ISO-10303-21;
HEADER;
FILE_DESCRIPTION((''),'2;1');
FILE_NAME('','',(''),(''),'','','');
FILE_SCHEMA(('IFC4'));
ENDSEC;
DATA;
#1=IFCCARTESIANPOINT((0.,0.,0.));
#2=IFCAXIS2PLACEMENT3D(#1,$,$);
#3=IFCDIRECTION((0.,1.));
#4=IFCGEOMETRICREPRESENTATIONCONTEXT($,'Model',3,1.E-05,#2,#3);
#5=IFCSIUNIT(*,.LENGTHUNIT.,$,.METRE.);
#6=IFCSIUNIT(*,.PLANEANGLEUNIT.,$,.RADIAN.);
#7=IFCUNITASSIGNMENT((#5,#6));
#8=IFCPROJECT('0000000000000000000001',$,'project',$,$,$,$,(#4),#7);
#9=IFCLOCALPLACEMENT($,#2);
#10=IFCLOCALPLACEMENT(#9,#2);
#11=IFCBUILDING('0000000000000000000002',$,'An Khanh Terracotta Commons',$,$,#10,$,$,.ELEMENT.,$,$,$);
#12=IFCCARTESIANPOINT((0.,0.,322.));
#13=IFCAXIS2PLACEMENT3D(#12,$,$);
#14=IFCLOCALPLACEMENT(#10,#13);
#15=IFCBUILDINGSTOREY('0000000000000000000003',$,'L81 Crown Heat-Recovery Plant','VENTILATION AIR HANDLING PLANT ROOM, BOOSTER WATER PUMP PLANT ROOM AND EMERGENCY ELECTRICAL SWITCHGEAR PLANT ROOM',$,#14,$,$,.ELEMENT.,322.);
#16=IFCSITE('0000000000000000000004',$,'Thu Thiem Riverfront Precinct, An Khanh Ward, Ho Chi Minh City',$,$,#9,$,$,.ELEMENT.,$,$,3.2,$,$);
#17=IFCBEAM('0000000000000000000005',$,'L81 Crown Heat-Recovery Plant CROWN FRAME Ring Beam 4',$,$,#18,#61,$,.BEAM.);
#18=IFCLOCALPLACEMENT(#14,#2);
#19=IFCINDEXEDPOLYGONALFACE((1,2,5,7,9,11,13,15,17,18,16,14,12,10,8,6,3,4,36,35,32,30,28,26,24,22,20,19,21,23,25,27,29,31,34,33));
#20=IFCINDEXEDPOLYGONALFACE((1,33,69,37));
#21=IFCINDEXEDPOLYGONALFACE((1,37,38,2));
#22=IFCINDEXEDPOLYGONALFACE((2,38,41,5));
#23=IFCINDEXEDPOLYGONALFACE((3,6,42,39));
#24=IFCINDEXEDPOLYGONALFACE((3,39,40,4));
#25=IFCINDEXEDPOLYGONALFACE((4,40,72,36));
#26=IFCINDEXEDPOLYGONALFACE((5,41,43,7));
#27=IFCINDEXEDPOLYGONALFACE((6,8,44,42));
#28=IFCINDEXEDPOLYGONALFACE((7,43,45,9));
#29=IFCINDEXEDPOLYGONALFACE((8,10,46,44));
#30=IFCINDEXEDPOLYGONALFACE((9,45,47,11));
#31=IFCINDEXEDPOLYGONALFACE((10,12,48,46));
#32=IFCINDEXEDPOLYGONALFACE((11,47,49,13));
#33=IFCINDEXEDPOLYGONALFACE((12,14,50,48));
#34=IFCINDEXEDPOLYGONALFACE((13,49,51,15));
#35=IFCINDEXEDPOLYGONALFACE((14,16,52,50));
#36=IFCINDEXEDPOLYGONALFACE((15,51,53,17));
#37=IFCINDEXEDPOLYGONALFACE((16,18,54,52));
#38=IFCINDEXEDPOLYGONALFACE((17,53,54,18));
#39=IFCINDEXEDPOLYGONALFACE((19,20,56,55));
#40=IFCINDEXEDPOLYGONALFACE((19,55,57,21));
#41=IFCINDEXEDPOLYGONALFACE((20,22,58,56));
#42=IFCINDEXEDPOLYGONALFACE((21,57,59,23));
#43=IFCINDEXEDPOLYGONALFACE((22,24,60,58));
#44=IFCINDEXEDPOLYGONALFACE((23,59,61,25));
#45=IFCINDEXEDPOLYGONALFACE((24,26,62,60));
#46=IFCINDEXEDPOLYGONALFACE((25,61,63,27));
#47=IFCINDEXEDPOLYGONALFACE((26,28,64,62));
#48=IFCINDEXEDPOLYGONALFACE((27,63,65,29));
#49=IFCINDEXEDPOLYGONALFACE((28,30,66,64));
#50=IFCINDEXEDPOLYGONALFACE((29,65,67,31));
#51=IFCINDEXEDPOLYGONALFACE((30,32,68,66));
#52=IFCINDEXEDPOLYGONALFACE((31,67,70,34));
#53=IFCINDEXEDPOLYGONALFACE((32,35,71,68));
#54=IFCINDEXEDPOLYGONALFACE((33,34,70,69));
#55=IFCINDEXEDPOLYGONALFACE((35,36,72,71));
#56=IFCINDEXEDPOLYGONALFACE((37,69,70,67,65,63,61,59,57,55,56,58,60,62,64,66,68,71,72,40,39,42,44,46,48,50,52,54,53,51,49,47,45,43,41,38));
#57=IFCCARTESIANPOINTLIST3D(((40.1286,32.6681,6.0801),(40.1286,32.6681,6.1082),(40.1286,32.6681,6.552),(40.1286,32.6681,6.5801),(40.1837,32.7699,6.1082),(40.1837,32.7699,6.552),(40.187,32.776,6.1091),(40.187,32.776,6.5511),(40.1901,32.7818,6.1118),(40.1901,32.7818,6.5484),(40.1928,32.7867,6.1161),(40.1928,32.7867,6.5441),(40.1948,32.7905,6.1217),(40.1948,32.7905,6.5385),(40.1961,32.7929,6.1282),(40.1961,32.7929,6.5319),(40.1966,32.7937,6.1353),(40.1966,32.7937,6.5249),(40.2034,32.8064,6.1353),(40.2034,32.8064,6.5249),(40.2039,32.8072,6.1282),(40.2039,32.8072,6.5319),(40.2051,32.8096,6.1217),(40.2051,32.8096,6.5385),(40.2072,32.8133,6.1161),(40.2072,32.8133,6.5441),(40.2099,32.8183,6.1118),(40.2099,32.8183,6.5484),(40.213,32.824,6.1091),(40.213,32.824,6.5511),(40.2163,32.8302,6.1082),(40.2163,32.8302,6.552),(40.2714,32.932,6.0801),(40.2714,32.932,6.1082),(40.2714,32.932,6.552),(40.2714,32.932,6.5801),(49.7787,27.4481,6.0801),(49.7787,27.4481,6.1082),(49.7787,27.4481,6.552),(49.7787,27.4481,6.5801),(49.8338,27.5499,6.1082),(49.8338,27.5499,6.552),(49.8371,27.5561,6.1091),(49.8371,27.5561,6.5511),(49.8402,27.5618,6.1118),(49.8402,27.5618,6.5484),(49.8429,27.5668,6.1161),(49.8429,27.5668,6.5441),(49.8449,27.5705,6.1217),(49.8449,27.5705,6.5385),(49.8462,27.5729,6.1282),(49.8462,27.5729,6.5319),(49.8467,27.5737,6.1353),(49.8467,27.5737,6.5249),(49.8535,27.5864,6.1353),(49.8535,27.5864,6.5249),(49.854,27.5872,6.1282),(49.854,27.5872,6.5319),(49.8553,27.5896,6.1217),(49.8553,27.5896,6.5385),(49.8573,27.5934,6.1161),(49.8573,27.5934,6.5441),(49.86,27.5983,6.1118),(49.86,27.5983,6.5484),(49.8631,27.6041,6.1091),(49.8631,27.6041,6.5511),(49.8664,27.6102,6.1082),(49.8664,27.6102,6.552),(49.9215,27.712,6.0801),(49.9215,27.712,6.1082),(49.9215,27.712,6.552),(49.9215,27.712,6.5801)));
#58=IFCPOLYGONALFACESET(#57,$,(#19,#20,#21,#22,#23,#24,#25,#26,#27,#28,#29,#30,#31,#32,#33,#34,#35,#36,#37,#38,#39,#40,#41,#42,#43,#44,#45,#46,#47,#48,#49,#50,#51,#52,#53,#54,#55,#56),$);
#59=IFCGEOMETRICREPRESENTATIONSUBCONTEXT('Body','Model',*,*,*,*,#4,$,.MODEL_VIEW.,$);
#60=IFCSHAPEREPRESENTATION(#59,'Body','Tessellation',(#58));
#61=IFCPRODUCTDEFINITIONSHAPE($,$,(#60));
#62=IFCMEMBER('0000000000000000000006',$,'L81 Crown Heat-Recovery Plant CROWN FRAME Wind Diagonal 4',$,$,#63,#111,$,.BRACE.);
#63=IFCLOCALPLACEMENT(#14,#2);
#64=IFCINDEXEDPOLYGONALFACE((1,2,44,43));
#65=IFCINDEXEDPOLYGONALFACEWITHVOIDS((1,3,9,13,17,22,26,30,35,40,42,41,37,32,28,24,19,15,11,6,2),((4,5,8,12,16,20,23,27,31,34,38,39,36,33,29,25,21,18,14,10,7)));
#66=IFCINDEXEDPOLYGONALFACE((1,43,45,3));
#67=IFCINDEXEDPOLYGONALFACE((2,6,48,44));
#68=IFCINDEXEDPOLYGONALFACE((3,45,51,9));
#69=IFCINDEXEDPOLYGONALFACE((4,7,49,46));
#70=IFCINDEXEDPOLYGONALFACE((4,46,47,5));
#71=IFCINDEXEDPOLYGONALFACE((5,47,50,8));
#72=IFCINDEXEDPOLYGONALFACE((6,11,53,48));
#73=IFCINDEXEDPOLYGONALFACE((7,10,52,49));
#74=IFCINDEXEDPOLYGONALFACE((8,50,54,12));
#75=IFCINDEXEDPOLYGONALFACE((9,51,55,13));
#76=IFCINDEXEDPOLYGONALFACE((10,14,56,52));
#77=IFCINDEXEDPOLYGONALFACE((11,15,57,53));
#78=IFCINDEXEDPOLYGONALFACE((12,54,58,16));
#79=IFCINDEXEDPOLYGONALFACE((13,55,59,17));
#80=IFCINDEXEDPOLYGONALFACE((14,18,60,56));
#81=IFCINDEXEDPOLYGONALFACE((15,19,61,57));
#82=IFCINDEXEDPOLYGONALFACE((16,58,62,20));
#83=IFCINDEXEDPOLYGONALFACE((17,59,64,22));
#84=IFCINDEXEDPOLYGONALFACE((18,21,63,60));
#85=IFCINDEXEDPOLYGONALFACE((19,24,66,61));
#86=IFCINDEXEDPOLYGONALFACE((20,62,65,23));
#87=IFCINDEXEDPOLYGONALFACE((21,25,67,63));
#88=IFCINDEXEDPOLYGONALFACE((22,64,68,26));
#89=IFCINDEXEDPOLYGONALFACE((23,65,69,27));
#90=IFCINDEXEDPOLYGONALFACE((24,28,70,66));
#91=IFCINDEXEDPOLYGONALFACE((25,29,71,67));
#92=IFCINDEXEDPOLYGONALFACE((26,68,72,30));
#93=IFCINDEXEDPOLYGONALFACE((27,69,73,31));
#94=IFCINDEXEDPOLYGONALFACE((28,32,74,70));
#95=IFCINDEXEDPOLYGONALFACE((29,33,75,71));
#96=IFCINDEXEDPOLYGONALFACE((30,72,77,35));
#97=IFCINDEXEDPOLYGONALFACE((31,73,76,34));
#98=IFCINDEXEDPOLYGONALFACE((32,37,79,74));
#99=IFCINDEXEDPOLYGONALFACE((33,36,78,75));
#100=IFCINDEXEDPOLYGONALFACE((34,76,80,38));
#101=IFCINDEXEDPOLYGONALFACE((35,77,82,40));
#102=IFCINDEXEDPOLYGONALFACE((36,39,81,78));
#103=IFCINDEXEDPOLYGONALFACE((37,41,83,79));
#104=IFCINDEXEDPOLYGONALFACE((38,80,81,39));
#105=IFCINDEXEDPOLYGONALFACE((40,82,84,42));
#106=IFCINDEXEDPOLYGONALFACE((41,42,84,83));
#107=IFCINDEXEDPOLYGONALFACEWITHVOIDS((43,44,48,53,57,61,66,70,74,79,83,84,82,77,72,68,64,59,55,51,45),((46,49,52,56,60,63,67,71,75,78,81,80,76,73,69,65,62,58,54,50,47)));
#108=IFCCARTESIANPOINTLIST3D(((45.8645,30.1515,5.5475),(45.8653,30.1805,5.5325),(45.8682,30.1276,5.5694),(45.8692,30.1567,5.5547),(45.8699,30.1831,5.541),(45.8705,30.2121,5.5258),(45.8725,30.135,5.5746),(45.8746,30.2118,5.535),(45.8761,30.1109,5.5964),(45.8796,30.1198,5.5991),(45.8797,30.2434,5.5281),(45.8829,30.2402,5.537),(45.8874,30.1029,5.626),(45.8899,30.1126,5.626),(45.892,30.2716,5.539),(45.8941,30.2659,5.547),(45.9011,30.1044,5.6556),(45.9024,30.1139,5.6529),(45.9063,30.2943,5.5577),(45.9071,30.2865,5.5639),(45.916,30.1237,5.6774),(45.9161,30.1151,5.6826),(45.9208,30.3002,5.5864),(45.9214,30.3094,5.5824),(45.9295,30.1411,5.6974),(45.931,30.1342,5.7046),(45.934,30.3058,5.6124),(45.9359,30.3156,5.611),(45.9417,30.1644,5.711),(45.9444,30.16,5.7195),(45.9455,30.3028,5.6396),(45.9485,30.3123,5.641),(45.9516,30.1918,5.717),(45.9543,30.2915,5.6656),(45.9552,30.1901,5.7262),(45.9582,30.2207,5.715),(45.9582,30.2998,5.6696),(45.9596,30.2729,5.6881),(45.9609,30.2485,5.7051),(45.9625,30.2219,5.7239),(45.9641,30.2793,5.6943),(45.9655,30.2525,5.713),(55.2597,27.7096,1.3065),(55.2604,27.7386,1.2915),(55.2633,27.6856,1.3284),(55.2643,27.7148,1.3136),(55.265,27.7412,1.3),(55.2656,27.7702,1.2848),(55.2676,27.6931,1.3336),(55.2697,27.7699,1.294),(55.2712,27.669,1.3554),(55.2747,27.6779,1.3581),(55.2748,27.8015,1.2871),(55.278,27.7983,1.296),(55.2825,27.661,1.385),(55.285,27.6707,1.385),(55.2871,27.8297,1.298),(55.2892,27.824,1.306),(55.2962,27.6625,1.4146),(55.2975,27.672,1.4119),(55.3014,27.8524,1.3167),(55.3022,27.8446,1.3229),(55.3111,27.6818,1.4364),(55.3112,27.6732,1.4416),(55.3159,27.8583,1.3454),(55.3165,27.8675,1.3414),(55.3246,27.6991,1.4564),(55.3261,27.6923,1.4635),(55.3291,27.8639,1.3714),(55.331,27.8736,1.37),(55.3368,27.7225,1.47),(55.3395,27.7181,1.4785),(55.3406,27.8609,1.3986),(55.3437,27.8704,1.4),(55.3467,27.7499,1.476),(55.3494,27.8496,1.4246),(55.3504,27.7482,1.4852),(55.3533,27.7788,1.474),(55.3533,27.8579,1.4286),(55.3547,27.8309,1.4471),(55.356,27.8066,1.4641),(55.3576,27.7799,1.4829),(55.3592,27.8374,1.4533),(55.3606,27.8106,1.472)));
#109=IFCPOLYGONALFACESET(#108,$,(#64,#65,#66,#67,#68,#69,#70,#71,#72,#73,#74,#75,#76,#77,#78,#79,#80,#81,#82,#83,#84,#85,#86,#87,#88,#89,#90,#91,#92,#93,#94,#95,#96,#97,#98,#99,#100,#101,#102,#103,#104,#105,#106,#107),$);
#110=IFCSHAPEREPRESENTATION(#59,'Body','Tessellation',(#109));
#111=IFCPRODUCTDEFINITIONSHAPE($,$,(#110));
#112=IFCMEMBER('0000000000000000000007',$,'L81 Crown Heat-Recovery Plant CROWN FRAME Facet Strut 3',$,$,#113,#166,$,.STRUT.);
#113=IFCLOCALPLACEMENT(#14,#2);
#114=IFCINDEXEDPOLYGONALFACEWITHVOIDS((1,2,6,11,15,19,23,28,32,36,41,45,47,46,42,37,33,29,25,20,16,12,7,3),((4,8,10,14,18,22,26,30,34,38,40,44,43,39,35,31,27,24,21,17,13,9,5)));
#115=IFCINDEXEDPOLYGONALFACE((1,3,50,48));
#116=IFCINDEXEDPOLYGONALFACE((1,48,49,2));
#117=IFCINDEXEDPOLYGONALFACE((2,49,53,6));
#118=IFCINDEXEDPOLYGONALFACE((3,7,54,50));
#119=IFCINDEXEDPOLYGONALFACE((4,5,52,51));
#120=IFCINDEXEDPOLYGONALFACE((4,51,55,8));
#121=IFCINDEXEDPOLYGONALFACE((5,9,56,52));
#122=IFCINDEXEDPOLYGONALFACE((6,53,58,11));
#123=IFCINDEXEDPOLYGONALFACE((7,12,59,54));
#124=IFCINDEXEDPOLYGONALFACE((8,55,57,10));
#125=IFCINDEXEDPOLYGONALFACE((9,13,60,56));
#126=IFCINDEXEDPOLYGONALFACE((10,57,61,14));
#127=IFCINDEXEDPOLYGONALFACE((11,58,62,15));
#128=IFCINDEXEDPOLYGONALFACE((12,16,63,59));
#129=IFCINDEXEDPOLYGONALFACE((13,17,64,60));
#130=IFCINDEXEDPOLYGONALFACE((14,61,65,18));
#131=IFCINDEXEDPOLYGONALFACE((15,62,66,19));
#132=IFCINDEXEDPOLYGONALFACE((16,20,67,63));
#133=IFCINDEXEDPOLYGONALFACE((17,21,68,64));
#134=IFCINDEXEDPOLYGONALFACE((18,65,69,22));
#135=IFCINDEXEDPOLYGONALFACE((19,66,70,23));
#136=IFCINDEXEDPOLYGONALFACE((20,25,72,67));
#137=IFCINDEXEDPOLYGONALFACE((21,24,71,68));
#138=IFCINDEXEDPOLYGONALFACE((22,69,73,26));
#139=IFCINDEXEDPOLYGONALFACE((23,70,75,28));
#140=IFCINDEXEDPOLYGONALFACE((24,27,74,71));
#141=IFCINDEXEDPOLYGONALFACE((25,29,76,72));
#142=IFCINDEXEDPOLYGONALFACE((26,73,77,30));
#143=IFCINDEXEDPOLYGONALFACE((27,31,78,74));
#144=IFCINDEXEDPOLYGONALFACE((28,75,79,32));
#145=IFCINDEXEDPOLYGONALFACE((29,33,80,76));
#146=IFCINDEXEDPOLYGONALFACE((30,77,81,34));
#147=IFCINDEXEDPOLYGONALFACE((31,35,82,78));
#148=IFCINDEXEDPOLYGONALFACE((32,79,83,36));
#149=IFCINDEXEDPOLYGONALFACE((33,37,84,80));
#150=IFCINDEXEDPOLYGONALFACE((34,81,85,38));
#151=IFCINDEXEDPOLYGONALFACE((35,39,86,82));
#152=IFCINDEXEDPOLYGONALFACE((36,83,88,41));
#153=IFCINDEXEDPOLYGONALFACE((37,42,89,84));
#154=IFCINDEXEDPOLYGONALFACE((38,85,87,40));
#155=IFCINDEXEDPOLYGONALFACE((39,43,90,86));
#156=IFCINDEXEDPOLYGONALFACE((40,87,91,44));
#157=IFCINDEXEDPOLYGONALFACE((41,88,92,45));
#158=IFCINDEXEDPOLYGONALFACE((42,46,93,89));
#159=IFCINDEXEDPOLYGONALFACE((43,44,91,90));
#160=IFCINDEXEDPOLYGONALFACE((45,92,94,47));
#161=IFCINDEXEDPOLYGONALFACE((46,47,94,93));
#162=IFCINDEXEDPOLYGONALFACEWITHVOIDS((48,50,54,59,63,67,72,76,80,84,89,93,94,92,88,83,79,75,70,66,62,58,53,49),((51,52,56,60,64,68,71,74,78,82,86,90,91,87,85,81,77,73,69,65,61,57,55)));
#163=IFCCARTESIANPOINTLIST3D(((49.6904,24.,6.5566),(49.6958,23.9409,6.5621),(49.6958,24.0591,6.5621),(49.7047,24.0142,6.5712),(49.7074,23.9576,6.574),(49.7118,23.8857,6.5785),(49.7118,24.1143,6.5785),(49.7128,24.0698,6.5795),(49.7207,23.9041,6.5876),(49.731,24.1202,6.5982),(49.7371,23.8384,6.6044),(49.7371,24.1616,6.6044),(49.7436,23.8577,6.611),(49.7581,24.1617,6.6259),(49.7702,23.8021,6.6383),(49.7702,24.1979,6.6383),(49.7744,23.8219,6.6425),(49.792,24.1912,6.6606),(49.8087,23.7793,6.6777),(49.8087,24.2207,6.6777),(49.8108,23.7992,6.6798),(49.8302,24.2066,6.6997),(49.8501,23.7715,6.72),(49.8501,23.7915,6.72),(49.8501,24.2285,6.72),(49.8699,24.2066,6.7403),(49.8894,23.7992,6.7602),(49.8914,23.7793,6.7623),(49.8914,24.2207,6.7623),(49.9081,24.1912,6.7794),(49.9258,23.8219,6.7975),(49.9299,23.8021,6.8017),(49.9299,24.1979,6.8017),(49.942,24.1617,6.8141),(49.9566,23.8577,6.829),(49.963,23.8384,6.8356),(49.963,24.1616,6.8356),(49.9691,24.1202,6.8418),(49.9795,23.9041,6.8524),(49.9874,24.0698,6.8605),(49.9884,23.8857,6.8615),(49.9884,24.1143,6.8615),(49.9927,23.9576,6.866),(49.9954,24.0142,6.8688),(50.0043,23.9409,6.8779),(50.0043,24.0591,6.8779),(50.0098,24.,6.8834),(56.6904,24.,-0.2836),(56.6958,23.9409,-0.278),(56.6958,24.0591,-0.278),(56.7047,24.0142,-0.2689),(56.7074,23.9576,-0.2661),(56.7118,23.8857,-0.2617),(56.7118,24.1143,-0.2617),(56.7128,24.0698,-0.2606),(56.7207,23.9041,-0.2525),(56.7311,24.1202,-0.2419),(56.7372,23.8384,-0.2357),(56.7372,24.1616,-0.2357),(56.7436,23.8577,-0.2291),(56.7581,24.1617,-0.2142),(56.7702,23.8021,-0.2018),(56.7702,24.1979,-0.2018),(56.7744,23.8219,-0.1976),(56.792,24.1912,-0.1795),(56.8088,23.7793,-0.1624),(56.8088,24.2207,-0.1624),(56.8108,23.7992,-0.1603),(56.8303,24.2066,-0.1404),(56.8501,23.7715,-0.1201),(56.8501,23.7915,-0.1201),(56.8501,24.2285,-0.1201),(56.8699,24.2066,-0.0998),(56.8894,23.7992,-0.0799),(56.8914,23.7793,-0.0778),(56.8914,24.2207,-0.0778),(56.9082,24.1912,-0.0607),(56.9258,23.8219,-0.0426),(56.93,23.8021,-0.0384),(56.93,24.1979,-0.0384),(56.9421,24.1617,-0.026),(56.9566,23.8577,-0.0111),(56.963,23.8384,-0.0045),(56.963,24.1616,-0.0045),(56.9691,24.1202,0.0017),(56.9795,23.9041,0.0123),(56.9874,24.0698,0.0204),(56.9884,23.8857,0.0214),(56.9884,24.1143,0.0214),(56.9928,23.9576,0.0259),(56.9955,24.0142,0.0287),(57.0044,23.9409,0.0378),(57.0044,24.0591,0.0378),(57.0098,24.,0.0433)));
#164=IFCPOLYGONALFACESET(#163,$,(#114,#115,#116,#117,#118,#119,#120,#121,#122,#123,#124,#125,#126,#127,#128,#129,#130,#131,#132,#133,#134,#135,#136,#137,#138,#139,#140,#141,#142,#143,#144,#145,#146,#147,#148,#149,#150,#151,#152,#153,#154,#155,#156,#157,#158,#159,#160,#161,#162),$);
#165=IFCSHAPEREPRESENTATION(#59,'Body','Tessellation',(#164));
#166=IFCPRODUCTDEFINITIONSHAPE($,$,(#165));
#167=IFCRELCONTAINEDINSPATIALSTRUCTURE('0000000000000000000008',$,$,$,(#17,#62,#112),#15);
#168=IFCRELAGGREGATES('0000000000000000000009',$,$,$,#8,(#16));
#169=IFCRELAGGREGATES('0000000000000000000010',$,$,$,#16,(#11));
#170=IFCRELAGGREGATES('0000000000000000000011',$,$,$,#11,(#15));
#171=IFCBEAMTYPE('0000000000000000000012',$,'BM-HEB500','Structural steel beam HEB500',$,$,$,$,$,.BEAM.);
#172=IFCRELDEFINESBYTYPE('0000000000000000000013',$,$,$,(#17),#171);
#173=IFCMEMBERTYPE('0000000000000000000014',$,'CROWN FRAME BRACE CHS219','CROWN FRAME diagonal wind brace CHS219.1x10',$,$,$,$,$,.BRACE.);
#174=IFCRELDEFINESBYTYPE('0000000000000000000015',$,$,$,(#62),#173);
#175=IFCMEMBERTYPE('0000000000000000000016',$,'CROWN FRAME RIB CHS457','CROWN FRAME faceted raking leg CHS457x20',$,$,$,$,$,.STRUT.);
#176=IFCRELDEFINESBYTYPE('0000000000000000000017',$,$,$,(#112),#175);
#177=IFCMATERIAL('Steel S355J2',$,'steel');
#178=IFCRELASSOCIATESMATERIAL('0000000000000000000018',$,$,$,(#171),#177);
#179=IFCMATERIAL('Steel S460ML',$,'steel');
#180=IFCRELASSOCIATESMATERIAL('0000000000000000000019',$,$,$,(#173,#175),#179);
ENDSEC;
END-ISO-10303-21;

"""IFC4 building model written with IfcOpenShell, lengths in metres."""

from ifc_helpers import new_model, si_unit, direction, frame, origin, origin_2d, place, context, subcontext, project, spatial, hollow_circle, i_section, extrude, material, material_profile, profile_set, type_object, element, save


model = new_model("IFC4")

# Units and contexts
model_context = context("Model", 3, precision=1e-05, world=origin(), true_north=direction((0.0, 1.0)))
body_context = subcontext(model_context, "Body", "Model", "MODEL_VIEW")
ifc_project = project(units=[si_unit("LENGTHUNIT", "METRE"), si_unit("PLANEANGLEUNIT", "RADIAN")], contexts=[model_context])

# Site, building, storey
site_placement = place(None, origin())
site = spatial("IfcSite", under=ifc_project, at=site_placement, Name="Thu Thiem Riverfront Precinct, An Khanh Ward, Ho Chi Minh City", CompositionType="ELEMENT", RefElevation=3.2)
building_placement = place(site_placement, origin())
building = spatial("IfcBuilding", under=site, at=building_placement, Name="An Khanh Terracotta Commons", CompositionType="ELEMENT")
storey_placement = place(building_placement, frame((0.0, 0.0, 322.0)))
storey = spatial("IfcBuildingStorey", under=building, at=storey_placement, Name="L81 Crown Heat-Recovery Plant", Description="VENTILATION AIR HANDLING PLANT ROOM, BOOSTER WATER PUMP PLANT ROOM AND EMERGENCY ELECTRICAL SWITCHGEAR PLANT ROOM", CompositionType="ELEMENT", Elevation=322.0)

# Beam
ifc_material_1 = material(Name="Steel S355J2", Category="steel")
ifc_material_profile_1 = material_profile(ifc_material_1, i_section(OverallWidth=0.3, OverallDepth=0.5, WebThickness=0.0144, FlangeThickness=0.0281, FilletRadius=0.0271, at=origin_2d()), Name="HEB500")
ifc_profile_set_1 = profile_set([ifc_material_profile_1], Name="Steel S355J2")
beam_type = type_object("IfcBeamType", Name="BM-HEB500", Description="Structural steel beam HEB500", PredefinedType="BEAM", material=ifc_profile_set_1)
beam_placement = place(storey_placement, frame((49.8501, 27.5801, 6.3301), z_axis=(-0.879566, 0.475776, 0.0), x_axis=(-0.475776, -0.879566, 0.0)))
element("IfcBeam", 1, at=beam_placement, inside=storey, type_object=beam_type, Name="L81 Crown Heat-Recovery Plant CROWN FRAME Ring Beam 4", PredefinedType="BEAM", context=body_context, shape_type="SweptSolid", body=[
    extrude(i_section(OverallWidth=0.3, OverallDepth=0.5, WebThickness=0.0144, FlangeThickness=0.0281, FilletRadius=0.0271, at=origin_2d()), origin(), (0.0, 0.0, 1.0), 10.9714),
])

# Members
ifc_material_2 = material(Name="Steel S460ML", Category="steel")
ifc_material_profile_2 = material_profile(ifc_material_2, hollow_circle(Radius=0.1096, WallThickness=0.01, at=origin_2d()), Name="CHS219.1x10")
ifc_profile_set_2 = profile_set([ifc_material_profile_2], Name="Steel S460ML")
member_type_1 = type_object("IfcMemberType", Name="CROWN FRAME BRACE CHS219", Description="CROWN FRAME diagonal wind brace CHS219.1x10", PredefinedType="BRACE", material=ifc_profile_set_2)
member_1_placement = place(storey_placement, frame((55.3101, 27.7671, 1.385), z_axis=(-0.886895, 0.230516, 0.40035), x_axis=(-0.251556, -0.967843, 0.0)))
element("IfcMember", 2, at=member_1_placement, inside=storey, type_object=member_type_1, Name="L81 Crown Heat-Recovery Plant CROWN FRAME Wind Diagonal 4", PredefinedType="BRACE", context=body_context, shape_type="SweptSolid", body=[
    extrude(hollow_circle(Radius=0.1096, WallThickness=0.01, at=origin_2d()), origin(), (0.0, 0.0, 1.0), 10.5933),
])
ifc_material_profile_3 = material_profile(ifc_material_2, hollow_circle(Radius=0.2285, WallThickness=0.02, at=origin_2d()), Name="CHS457x20")
ifc_profile_set_3 = profile_set([ifc_material_profile_3], Name="Steel S460ML")
member_type_2 = type_object("IfcMemberType", Name="CROWN FRAME RIB CHS457", Description="CROWN FRAME faceted raking leg CHS457x20", PredefinedType="STRUT", material=ifc_profile_set_3)
member_2_placement = place(storey_placement, frame((56.8501, 24.0, -0.1201), z_axis=(-0.715229, 0.0, 0.69889), x_axis=(0.0, -1.0, 0.0)))
element("IfcMember", 3, at=member_2_placement, inside=storey, type_object=member_type_2, Name="L81 Crown Heat-Recovery Plant CROWN FRAME Facet Strut 3", PredefinedType="STRUT", context=body_context, shape_type="SweptSolid", body=[
    extrude(hollow_circle(Radius=0.2285, WallThickness=0.02, at=origin_2d()), origin(), (0.0, 0.0, 1.0), 9.7871),
])

save(model, "model.ifc")
